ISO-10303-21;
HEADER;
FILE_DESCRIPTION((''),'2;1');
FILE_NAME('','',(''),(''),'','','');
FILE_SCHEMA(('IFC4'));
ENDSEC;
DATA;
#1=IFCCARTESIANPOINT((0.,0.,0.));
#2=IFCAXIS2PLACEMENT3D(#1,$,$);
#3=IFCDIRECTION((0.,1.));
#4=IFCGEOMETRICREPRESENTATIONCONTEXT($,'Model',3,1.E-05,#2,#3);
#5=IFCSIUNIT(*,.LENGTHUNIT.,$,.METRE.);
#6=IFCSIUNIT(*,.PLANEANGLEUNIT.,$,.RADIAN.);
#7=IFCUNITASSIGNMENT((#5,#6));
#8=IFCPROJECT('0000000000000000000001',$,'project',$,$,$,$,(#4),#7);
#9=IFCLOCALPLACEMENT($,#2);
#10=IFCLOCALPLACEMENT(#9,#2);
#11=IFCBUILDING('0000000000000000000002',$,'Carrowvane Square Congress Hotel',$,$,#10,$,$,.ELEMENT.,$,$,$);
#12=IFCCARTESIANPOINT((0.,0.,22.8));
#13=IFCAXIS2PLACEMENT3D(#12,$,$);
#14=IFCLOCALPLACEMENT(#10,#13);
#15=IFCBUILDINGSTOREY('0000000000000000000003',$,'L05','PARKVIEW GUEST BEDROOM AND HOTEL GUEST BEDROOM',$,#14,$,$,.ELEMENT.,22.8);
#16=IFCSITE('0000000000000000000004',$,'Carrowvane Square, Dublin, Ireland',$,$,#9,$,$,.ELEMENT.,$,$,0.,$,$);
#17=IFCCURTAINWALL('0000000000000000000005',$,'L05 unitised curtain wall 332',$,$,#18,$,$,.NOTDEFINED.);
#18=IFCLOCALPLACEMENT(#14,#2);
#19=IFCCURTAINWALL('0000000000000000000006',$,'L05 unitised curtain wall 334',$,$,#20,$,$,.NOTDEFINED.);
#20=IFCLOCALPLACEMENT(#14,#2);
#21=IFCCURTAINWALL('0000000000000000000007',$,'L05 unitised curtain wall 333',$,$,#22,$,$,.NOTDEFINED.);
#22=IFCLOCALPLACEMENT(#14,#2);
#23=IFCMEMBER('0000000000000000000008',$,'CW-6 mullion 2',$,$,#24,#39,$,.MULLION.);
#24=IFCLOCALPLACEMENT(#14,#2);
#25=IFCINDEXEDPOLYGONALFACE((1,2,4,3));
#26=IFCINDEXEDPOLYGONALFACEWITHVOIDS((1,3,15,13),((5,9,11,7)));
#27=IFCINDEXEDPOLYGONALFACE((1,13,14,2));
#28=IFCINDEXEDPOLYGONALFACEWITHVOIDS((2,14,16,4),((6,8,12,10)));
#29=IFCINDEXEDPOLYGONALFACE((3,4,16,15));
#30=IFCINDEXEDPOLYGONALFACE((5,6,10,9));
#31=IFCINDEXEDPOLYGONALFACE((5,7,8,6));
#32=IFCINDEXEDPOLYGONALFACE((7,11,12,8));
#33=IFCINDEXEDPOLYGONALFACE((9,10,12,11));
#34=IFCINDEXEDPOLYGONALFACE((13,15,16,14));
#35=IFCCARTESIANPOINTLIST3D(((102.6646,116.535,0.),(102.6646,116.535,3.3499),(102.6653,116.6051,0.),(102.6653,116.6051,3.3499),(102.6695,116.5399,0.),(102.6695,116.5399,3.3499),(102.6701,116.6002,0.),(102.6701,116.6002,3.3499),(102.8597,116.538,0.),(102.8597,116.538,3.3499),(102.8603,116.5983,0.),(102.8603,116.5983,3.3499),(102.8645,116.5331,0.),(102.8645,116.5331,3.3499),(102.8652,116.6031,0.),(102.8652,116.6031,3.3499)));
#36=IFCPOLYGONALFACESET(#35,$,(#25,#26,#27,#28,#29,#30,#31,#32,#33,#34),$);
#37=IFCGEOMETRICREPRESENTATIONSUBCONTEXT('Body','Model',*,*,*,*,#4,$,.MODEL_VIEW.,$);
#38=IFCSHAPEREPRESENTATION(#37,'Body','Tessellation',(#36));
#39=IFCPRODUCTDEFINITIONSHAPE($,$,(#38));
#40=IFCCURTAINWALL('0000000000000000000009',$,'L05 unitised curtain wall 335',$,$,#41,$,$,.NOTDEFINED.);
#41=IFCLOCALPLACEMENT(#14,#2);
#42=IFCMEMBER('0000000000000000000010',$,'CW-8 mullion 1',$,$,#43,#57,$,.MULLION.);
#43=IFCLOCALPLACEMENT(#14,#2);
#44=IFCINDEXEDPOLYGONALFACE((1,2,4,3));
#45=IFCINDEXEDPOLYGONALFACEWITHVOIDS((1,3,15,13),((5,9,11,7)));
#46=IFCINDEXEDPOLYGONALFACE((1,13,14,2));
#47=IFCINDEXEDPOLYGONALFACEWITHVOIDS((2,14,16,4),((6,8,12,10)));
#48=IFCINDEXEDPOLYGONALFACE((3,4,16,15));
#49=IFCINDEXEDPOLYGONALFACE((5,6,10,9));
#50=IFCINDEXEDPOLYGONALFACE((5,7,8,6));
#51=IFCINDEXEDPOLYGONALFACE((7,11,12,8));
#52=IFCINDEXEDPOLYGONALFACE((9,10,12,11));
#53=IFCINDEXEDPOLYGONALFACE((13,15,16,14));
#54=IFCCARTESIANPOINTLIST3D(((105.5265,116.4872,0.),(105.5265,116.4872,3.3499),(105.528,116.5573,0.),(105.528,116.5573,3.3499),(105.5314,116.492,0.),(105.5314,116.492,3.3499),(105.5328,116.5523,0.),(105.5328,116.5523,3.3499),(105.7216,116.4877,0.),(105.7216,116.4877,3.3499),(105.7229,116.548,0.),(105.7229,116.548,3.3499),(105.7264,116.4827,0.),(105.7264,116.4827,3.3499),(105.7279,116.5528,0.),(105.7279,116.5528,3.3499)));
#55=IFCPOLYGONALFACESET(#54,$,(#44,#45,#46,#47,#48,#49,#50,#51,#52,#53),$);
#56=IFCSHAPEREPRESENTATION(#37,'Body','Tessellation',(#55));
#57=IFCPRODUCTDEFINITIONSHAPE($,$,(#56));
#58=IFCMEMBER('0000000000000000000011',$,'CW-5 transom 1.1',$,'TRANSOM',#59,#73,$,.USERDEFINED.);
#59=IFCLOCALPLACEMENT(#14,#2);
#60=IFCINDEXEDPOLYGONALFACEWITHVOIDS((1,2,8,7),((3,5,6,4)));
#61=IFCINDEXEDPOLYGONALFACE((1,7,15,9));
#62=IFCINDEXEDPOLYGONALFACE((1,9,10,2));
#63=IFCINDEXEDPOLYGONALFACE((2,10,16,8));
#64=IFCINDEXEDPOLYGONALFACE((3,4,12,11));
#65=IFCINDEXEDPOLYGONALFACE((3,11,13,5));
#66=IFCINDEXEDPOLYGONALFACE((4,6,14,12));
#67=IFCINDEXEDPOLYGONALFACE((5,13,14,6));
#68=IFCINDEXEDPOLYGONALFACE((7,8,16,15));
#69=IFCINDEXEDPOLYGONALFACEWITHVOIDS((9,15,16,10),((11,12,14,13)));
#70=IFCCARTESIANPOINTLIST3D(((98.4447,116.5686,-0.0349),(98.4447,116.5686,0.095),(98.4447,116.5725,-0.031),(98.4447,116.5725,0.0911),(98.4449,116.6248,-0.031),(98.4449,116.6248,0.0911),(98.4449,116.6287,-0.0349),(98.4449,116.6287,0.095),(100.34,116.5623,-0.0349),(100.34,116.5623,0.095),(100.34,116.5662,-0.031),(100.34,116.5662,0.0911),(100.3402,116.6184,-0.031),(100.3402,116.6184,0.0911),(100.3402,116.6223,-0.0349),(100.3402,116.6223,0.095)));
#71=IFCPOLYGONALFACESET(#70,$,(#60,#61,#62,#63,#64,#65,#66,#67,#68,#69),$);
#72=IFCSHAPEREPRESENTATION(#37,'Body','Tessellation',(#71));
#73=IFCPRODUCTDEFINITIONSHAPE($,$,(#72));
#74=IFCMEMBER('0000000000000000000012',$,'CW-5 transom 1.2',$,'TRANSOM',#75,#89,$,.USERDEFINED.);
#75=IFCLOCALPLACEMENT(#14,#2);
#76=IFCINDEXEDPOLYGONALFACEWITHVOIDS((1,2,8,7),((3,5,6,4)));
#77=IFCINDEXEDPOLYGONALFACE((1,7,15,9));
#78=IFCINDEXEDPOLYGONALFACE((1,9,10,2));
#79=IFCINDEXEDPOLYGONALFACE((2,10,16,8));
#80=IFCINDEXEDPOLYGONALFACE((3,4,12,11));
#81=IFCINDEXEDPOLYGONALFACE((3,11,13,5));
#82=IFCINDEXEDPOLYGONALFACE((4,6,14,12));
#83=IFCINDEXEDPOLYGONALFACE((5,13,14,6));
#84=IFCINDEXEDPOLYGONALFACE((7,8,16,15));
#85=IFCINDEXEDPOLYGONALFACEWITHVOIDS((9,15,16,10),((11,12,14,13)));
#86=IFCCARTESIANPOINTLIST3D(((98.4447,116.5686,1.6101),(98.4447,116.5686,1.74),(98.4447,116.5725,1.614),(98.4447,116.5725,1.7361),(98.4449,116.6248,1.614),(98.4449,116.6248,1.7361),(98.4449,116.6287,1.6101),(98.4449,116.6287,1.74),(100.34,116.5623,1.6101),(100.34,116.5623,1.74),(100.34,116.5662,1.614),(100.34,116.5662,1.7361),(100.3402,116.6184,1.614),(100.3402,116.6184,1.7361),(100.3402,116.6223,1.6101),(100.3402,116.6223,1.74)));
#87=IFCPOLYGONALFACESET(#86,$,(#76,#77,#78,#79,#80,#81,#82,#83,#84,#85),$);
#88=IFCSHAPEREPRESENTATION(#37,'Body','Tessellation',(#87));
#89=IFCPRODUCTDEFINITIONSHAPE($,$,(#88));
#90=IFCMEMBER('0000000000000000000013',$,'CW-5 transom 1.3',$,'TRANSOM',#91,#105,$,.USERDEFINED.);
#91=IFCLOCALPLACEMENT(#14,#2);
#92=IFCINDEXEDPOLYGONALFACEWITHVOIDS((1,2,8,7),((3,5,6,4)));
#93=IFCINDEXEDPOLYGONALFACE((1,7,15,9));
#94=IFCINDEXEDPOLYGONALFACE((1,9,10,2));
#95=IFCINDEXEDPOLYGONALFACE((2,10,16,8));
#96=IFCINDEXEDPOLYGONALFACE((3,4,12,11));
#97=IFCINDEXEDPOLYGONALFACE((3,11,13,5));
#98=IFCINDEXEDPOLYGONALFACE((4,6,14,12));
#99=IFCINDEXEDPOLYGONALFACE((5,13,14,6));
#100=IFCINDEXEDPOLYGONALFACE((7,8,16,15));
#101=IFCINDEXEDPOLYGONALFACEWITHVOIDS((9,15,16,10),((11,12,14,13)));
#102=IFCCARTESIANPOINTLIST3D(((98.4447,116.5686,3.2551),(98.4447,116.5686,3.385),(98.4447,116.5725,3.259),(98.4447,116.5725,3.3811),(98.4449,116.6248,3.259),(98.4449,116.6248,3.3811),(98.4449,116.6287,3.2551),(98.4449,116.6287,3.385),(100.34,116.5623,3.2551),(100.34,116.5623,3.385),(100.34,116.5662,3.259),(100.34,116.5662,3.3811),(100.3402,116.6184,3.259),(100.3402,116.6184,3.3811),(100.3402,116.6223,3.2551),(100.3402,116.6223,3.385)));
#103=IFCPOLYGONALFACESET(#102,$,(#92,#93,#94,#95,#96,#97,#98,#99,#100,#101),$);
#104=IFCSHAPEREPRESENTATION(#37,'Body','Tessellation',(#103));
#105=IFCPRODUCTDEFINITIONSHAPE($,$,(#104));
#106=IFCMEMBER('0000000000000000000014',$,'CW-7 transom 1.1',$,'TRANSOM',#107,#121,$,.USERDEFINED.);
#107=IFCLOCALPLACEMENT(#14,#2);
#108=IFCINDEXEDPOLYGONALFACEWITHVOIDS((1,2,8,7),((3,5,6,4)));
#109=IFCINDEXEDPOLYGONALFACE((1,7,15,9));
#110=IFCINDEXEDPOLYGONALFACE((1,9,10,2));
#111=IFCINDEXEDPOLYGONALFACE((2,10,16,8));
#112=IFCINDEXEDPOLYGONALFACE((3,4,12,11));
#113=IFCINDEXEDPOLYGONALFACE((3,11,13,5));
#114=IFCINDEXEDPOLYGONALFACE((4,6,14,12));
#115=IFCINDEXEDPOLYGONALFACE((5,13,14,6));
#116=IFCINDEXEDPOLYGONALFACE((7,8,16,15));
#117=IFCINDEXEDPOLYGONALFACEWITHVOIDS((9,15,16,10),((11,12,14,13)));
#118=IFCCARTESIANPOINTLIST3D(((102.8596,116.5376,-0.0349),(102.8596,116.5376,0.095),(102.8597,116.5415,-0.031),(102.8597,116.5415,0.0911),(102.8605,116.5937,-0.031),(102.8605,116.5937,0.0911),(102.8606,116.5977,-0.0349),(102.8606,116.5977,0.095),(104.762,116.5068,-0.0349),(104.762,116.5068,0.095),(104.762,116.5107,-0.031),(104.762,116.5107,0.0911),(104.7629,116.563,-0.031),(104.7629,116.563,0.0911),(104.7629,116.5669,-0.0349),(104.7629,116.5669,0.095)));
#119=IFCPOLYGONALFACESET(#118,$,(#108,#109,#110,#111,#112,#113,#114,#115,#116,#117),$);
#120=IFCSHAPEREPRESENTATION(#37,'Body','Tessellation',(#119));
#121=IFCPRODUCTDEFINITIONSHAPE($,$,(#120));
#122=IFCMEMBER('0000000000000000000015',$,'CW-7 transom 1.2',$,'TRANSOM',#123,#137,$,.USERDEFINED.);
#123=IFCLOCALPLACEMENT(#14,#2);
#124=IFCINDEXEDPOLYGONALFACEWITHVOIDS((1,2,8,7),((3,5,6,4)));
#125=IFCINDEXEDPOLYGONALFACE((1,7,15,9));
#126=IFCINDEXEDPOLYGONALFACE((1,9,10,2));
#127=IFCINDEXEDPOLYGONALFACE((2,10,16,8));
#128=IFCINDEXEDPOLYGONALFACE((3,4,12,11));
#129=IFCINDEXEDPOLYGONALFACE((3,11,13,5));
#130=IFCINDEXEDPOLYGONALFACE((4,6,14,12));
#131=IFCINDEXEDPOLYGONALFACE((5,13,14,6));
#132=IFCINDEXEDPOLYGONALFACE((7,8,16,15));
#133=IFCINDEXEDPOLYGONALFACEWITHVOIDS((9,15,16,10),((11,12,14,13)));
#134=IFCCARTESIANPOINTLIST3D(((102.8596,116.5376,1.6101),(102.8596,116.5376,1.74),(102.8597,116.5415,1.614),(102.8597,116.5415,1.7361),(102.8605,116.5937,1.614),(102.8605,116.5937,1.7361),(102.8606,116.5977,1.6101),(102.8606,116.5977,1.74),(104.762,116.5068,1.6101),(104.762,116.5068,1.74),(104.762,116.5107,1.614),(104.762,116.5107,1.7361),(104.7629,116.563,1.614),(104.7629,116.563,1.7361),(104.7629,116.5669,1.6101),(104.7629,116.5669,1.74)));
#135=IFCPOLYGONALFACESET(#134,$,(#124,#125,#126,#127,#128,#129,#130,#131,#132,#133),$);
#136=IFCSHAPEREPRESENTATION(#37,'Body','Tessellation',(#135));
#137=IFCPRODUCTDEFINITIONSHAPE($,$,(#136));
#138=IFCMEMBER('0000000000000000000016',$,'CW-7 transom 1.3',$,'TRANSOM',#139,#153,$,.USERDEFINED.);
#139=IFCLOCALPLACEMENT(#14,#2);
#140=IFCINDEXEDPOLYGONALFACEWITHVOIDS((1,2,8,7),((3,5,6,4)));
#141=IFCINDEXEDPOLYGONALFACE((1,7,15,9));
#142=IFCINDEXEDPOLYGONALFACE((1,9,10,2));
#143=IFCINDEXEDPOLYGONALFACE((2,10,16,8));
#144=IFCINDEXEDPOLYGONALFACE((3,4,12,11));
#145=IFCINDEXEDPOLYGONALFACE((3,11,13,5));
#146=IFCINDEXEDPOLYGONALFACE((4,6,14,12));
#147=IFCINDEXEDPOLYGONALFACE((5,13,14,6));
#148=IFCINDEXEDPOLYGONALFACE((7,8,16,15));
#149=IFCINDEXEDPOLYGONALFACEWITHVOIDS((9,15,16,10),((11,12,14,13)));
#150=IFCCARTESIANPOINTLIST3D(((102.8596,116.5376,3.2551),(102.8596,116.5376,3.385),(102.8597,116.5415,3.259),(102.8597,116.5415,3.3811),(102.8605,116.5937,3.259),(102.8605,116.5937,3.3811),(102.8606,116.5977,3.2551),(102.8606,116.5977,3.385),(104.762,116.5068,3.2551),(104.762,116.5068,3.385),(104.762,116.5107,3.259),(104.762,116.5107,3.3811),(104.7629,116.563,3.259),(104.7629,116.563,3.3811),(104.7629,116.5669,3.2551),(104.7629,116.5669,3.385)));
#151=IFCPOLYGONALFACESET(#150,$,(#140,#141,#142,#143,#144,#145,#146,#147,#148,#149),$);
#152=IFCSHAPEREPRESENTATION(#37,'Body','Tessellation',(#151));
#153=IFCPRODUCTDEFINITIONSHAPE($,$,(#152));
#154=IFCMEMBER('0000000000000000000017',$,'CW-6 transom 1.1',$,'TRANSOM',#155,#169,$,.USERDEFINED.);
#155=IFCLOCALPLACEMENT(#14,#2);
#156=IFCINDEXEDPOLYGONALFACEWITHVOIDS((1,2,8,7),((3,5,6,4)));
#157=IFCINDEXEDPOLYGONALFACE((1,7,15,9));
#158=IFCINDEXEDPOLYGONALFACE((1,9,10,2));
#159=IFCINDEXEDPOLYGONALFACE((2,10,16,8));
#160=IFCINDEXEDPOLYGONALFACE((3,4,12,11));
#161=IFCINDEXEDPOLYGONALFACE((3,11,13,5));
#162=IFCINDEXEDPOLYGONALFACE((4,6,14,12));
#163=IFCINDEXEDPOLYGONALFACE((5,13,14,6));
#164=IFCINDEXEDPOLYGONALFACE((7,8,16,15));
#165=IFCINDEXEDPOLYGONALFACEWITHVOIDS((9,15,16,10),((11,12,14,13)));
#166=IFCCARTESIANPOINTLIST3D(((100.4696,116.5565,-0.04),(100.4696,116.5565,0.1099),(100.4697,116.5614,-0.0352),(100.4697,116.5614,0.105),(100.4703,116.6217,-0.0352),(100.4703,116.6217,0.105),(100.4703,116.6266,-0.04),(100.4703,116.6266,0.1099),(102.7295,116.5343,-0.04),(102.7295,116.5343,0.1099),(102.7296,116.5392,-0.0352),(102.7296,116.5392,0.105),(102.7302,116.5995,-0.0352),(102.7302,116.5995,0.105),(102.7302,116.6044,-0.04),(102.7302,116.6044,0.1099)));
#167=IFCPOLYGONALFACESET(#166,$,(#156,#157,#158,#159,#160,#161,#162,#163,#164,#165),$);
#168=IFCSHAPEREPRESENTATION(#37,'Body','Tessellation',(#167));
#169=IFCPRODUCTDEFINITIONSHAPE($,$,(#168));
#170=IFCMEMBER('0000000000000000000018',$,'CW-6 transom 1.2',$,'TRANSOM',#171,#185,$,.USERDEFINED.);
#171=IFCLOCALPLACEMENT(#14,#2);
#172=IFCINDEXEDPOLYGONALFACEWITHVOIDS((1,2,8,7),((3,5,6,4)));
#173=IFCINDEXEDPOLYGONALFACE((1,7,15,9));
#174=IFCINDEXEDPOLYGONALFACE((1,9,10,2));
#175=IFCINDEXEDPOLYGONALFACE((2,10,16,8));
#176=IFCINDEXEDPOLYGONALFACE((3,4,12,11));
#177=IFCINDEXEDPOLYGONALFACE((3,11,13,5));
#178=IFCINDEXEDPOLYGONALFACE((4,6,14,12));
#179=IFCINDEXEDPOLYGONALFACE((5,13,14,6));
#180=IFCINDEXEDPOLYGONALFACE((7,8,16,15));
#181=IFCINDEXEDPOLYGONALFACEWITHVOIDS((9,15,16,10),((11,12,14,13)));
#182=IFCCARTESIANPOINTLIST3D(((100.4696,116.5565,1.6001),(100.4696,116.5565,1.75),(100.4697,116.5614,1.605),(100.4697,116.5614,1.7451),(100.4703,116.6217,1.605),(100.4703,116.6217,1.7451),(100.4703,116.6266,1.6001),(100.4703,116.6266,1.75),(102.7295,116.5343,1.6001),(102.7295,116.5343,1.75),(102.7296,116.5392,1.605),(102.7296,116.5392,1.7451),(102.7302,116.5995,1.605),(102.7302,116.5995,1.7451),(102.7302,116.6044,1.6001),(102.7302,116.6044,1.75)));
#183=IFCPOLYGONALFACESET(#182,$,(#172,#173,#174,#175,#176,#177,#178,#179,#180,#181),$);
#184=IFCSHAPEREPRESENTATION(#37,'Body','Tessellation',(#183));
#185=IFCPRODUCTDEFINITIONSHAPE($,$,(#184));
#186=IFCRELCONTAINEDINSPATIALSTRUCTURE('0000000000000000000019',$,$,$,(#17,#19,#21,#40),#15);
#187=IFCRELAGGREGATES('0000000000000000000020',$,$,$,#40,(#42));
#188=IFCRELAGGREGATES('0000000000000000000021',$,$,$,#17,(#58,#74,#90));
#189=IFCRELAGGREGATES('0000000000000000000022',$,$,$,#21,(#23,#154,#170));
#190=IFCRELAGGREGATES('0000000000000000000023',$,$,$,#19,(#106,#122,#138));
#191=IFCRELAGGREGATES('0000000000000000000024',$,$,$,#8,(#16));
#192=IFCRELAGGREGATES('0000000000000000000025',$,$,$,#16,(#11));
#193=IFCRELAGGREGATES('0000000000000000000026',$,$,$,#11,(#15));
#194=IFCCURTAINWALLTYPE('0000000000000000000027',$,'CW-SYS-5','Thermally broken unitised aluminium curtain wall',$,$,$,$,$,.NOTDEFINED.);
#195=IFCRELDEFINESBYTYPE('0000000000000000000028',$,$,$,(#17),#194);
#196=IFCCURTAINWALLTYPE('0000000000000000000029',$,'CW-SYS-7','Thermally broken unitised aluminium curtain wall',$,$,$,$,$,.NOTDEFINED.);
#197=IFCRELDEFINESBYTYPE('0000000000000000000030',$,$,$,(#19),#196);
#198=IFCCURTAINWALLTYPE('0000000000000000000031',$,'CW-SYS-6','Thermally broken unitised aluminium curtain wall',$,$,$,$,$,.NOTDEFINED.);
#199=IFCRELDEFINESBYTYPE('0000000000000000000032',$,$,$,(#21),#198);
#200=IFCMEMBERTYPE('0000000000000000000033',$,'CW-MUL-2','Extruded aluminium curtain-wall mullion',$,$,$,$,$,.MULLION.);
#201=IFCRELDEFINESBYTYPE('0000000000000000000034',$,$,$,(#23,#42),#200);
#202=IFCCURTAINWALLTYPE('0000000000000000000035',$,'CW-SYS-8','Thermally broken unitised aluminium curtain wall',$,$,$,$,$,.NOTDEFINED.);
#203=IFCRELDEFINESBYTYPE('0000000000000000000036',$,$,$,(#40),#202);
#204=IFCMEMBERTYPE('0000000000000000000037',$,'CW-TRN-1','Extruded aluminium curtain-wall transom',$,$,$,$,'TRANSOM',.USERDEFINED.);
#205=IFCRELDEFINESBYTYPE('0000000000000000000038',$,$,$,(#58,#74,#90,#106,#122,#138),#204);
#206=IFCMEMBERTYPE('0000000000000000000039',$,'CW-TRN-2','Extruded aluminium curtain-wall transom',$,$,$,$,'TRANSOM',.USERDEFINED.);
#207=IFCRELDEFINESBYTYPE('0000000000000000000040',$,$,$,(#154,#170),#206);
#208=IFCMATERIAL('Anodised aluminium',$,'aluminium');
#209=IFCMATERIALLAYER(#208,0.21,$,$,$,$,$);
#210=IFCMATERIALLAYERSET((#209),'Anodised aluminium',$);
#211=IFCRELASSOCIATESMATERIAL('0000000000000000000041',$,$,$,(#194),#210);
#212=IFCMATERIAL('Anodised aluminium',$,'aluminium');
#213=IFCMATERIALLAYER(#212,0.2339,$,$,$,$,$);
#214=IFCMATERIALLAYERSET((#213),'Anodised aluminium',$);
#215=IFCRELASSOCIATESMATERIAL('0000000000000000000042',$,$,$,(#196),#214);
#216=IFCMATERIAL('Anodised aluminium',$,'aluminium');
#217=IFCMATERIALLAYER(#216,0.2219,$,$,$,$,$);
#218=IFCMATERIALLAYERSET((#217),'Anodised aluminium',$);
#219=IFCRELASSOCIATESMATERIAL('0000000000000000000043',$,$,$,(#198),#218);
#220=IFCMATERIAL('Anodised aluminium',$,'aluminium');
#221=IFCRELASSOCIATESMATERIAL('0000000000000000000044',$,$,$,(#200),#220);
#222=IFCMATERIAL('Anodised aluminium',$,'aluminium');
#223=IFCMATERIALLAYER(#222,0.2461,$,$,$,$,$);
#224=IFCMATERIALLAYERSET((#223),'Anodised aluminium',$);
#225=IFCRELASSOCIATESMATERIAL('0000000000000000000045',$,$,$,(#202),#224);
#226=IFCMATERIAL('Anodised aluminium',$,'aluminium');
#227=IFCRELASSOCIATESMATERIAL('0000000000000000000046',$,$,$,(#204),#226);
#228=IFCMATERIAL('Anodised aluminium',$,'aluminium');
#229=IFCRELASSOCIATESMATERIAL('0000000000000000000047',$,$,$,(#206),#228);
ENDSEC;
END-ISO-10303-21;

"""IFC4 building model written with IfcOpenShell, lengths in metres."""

from ifc_helpers import new_model, si_unit, direction, frame, origin, origin_2d, place, context, subcontext, project, spatial, hollow_rectangle, extrude, material, layer, layer_set, material_profile, profile_set, type_object, element, aggregate, save


model = new_model("IFC4")

# Units and contexts
model_context = context("Model", 3, precision=1e-05, world=origin(), true_north=direction((0.0, 1.0)))
body_context = subcontext(model_context, "Body", "Model", "MODEL_VIEW")
ifc_project = project(units=[si_unit("LENGTHUNIT", "METRE"), si_unit("PLANEANGLEUNIT", "RADIAN")], contexts=[model_context])

# Site, building, storey
site_placement = place(None, origin())
site = spatial("IfcSite", under=ifc_project, at=site_placement, Name="Carrowvane Square, Dublin, Ireland", CompositionType="ELEMENT", RefElevation=0.0)
building_placement = place(site_placement, origin())
building = spatial("IfcBuilding", under=site, at=building_placement, Name="Carrowvane Square Congress Hotel", CompositionType="ELEMENT")
storey_placement = place(building_placement, frame((0.0, 0.0, 22.8)))
storey = spatial("IfcBuildingStorey", under=building, at=storey_placement, Name="L05", Description="PARKVIEW GUEST BEDROOM AND HOTEL GUEST BEDROOM", CompositionType="ELEMENT", Elevation=22.8)

# Curtain walls, member
ifc_material_1 = material(Name="Anodised aluminium", Category="aluminium")
ifc_layer_1 = layer(ifc_material_1, 0.21)
ifc_layer_set_1 = layer_set([ifc_layer_1], Name="Anodised aluminium")
curtain_wall_type_1 = type_object("IfcCurtainWallType", Name="CW-SYS-5", Description="Thermally broken unitised aluminium curtain wall", PredefinedType="NOTDEFINED", material=ifc_layer_set_1)
curtain_wall_1_placement = place(storey_placement, origin())
curtain_wall_1 = element("IfcCurtainWall", 1, at=curtain_wall_1_placement, inside=storey, type_object=curtain_wall_type_1, Name="L05 unitised curtain wall 332", PredefinedType="NOTDEFINED")
ifc_material_2 = material(Name="Anodised aluminium", Category="aluminium")
ifc_layer_2 = layer(ifc_material_2, 0.2339)
ifc_layer_set_2 = layer_set([ifc_layer_2], Name="Anodised aluminium")
curtain_wall_type_2 = type_object("IfcCurtainWallType", Name="CW-SYS-7", Description="Thermally broken unitised aluminium curtain wall", PredefinedType="NOTDEFINED", material=ifc_layer_set_2)
curtain_wall_2_placement = place(storey_placement, origin())
curtain_wall_2 = element("IfcCurtainWall", 2, at=curtain_wall_2_placement, inside=storey, type_object=curtain_wall_type_2, Name="L05 unitised curtain wall 334", PredefinedType="NOTDEFINED")
ifc_material_3 = material(Name="Anodised aluminium", Category="aluminium")
ifc_layer_3 = layer(ifc_material_3, 0.2219)
ifc_layer_set_3 = layer_set([ifc_layer_3], Name="Anodised aluminium")
curtain_wall_type_3 = type_object("IfcCurtainWallType", Name="CW-SYS-6", Description="Thermally broken unitised aluminium curtain wall", PredefinedType="NOTDEFINED", material=ifc_layer_set_3)
curtain_wall_3_placement = place(storey_placement, origin())
curtain_wall_3 = element("IfcCurtainWall", 3, at=curtain_wall_3_placement, inside=storey, type_object=curtain_wall_type_3, Name="L05 unitised curtain wall 333", PredefinedType="NOTDEFINED")
ifc_material_4 = material(Name="Anodised aluminium", Category="aluminium")
ifc_material_profile_1 = material_profile(ifc_material_4, hollow_rectangle(XDim=0.0701, YDim=0.2, WallThickness=0.0049, at=origin_2d()), Name="CW-ML 70x200x5")
ifc_profile_set_1 = profile_set([ifc_material_profile_1], Name="Anodised aluminium")
member_type_1 = type_object("IfcMemberType", Name="CW-MUL-2", Description="Extruded aluminium curtain-wall mullion", PredefinedType="MULLION", material=ifc_profile_set_1)
member_1_placement = place(storey_placement, frame((102.7649, 116.5691, 0.0), z_axis=(0.0, 0.0, 1.0), x_axis=(0.009783, 0.999952, 0.0)))
member_1 = element("IfcMember", 4, at=member_1_placement, type_object=member_type_1, Name="CW-6 mullion 2", PredefinedType="MULLION", context=body_context, shape_type="SweptSolid", body=[
    extrude(hollow_rectangle(XDim=0.0701, YDim=0.2, WallThickness=0.0049, at=origin_2d()), origin(), (0.0, 0.0, 1.0), 3.3499),
])

# Curtain wall, member
ifc_material_5 = material(Name="Anodised aluminium", Category="aluminium")
ifc_layer_4 = layer(ifc_material_5, 0.2461)
ifc_layer_set_4 = layer_set([ifc_layer_4], Name="Anodised aluminium")
curtain_wall_type_4 = type_object("IfcCurtainWallType", Name="CW-SYS-8", Description="Thermally broken unitised aluminium curtain wall", PredefinedType="NOTDEFINED", material=ifc_layer_set_4)
curtain_wall_4_placement = place(storey_placement, origin())
curtain_wall_4 = element("IfcCurtainWall", 5, at=curtain_wall_4_placement, inside=storey, type_object=curtain_wall_type_4, Name="L05 unitised curtain wall 335", PredefinedType="NOTDEFINED")
member_2_placement = place(storey_placement, frame((105.6272, 116.52, 0.0), z_axis=(0.0, 0.0, 1.0), x_axis=(0.022518, 0.999746, 0.0)))
member_2 = element("IfcMember", 6, at=member_2_placement, type_object=member_type_1, Name="CW-8 mullion 1", PredefinedType="MULLION", context=body_context, shape_type="SweptSolid", body=[
    extrude(hollow_rectangle(XDim=0.0701, YDim=0.2, WallThickness=0.0049, at=origin_2d()), origin(), (0.0, 0.0, 1.0), 3.3499),
])

# Members
ifc_material_6 = material(Name="Anodised aluminium", Category="aluminium")
ifc_material_profile_2 = material_profile(ifc_material_6, hollow_rectangle(XDim=0.0601, YDim=0.1299, WallThickness=0.0039, at=origin_2d()), Name="CW-TR 60x130x4")
ifc_profile_set_2 = profile_set([ifc_material_profile_2], Name="Anodised aluminium")
member_type_2 = type_object("IfcMemberType", Name="CW-TRN-1", Description="Extruded aluminium curtain-wall transom", ElementType="TRANSOM", PredefinedType="USERDEFINED", material=ifc_profile_set_2)
member_3_placement = place(storey_placement, frame((98.4448, 116.5986, 0.03), z_axis=(0.999994, -0.003349, 0.0), x_axis=(0.003349, 0.999994, 0.0)))
member_3 = element("IfcMember", 7, at=member_3_placement, type_object=member_type_2, Name="CW-5 transom 1.1", ObjectType="TRANSOM", PredefinedType="USERDEFINED", context=body_context, shape_type="SweptSolid", body=[
    extrude(hollow_rectangle(XDim=0.0601, YDim=0.1299, WallThickness=0.0039, at=origin_2d()), origin(), (0.0, 0.0, 1.0), 1.8953),
])
member_4_placement = place(storey_placement, frame((98.4448, 116.5986, 1.675), z_axis=(0.999994, -0.003349, 0.0), x_axis=(0.003349, 0.999994, 0.0)))
member_4 = element("IfcMember", 8, at=member_4_placement, type_object=member_type_2, Name="CW-5 transom 1.2", ObjectType="TRANSOM", PredefinedType="USERDEFINED", context=body_context, shape_type="SweptSolid", body=[
    extrude(hollow_rectangle(XDim=0.0601, YDim=0.1299, WallThickness=0.0039, at=origin_2d()), origin(), (0.0, 0.0, 1.0), 1.8953),
])
member_5_placement = place(storey_placement, frame((98.4448, 116.5986, 3.3201), z_axis=(0.999994, -0.003349, 0.0), x_axis=(0.003349, 0.999994, 0.0)))
member_5 = element("IfcMember", 9, at=member_5_placement, type_object=member_type_2, Name="CW-5 transom 1.3", ObjectType="TRANSOM", PredefinedType="USERDEFINED", context=body_context, shape_type="SweptSolid", body=[
    extrude(hollow_rectangle(XDim=0.0601, YDim=0.1299, WallThickness=0.0039, at=origin_2d()), origin(), (0.0, 0.0, 1.0), 1.8953),
])
member_6_placement = place(storey_placement, frame((102.8601, 116.5676, 0.03), z_axis=(0.999869, -0.016168, 0.0), x_axis=(0.016168, 0.999869, 0.0)))
member_6 = element("IfcMember", 10, at=member_6_placement, type_object=member_type_2, Name="CW-7 transom 1.1", ObjectType="TRANSOM", PredefinedType="USERDEFINED", context=body_context, shape_type="SweptSolid", body=[
    extrude(hollow_rectangle(XDim=0.0601, YDim=0.1299, WallThickness=0.0039, at=origin_2d()), origin(), (0.0, 0.0, 1.0), 1.9026),
])
member_7_placement = place(storey_placement, frame((102.8601, 116.5676, 1.675), z_axis=(0.999869, -0.016168, 0.0), x_axis=(0.016168, 0.999869, 0.0)))
member_7 = element("IfcMember", 11, at=member_7_placement, type_object=member_type_2, Name="CW-7 transom 1.2", ObjectType="TRANSOM", PredefinedType="USERDEFINED", context=body_context, shape_type="SweptSolid", body=[
    extrude(hollow_rectangle(XDim=0.0601, YDim=0.1299, WallThickness=0.0039, at=origin_2d()), origin(), (0.0, 0.0, 1.0), 1.9026),
])
member_8_placement = place(storey_placement, frame((102.8601, 116.5676, 3.3201), z_axis=(0.999869, -0.016168, 0.0), x_axis=(0.016168, 0.999869, 0.0)))
member_8 = element("IfcMember", 12, at=member_8_placement, type_object=member_type_2, Name="CW-7 transom 1.3", ObjectType="TRANSOM", PredefinedType="USERDEFINED", context=body_context, shape_type="SweptSolid", body=[
    extrude(hollow_rectangle(XDim=0.0601, YDim=0.1299, WallThickness=0.0039, at=origin_2d()), origin(), (0.0, 0.0, 1.0), 1.9026),
])
ifc_material_7 = material(Name="Anodised aluminium", Category="aluminium")
ifc_material_profile_3 = material_profile(ifc_material_7, hollow_rectangle(XDim=0.0701, YDim=0.1499, WallThickness=0.0049, at=origin_2d()), Name="CW-TR 70x150x5")
ifc_profile_set_3 = profile_set([ifc_material_profile_3], Name="Anodised aluminium")
member_type_3 = type_object("IfcMemberType", Name="CW-TRN-2", Description="Extruded aluminium curtain-wall transom", ElementType="TRANSOM", PredefinedType="USERDEFINED", material=ifc_profile_set_3)
member_9_placement = place(storey_placement, frame((100.47, 116.5916, 0.0349), z_axis=(0.999952, -0.00983, 0.0), x_axis=(0.00983, 0.999952, 0.0)))
member_9 = element("IfcMember", 13, at=member_9_placement, type_object=member_type_3, Name="CW-6 transom 1.1", ObjectType="TRANSOM", PredefinedType="USERDEFINED", context=body_context, shape_type="SweptSolid", body=[
    extrude(hollow_rectangle(XDim=0.0701, YDim=0.1499, WallThickness=0.0049, at=origin_2d()), origin(), (0.0, 0.0, 1.0), 2.26),
])
member_10_placement = place(storey_placement, frame((100.47, 116.5916, 1.675), z_axis=(0.999952, -0.00983, 0.0), x_axis=(0.00983, 0.999952, 0.0)))
member_10 = element("IfcMember", 14, at=member_10_placement, type_object=member_type_3, Name="CW-6 transom 1.2", ObjectType="TRANSOM", PredefinedType="USERDEFINED", context=body_context, shape_type="SweptSolid", body=[
    extrude(hollow_rectangle(XDim=0.0701, YDim=0.1499, WallThickness=0.0049, at=origin_2d()), origin(), (0.0, 0.0, 1.0), 2.26),
])
aggregate(curtain_wall_4, [member_2])

aggregate(curtain_wall_1, [member_3, member_4, member_5])
aggregate(curtain_wall_3, [member_1, member_9, member_10])
aggregate(curtain_wall_2, [member_6, member_7, member_8])

save(model, "model.ifc")
